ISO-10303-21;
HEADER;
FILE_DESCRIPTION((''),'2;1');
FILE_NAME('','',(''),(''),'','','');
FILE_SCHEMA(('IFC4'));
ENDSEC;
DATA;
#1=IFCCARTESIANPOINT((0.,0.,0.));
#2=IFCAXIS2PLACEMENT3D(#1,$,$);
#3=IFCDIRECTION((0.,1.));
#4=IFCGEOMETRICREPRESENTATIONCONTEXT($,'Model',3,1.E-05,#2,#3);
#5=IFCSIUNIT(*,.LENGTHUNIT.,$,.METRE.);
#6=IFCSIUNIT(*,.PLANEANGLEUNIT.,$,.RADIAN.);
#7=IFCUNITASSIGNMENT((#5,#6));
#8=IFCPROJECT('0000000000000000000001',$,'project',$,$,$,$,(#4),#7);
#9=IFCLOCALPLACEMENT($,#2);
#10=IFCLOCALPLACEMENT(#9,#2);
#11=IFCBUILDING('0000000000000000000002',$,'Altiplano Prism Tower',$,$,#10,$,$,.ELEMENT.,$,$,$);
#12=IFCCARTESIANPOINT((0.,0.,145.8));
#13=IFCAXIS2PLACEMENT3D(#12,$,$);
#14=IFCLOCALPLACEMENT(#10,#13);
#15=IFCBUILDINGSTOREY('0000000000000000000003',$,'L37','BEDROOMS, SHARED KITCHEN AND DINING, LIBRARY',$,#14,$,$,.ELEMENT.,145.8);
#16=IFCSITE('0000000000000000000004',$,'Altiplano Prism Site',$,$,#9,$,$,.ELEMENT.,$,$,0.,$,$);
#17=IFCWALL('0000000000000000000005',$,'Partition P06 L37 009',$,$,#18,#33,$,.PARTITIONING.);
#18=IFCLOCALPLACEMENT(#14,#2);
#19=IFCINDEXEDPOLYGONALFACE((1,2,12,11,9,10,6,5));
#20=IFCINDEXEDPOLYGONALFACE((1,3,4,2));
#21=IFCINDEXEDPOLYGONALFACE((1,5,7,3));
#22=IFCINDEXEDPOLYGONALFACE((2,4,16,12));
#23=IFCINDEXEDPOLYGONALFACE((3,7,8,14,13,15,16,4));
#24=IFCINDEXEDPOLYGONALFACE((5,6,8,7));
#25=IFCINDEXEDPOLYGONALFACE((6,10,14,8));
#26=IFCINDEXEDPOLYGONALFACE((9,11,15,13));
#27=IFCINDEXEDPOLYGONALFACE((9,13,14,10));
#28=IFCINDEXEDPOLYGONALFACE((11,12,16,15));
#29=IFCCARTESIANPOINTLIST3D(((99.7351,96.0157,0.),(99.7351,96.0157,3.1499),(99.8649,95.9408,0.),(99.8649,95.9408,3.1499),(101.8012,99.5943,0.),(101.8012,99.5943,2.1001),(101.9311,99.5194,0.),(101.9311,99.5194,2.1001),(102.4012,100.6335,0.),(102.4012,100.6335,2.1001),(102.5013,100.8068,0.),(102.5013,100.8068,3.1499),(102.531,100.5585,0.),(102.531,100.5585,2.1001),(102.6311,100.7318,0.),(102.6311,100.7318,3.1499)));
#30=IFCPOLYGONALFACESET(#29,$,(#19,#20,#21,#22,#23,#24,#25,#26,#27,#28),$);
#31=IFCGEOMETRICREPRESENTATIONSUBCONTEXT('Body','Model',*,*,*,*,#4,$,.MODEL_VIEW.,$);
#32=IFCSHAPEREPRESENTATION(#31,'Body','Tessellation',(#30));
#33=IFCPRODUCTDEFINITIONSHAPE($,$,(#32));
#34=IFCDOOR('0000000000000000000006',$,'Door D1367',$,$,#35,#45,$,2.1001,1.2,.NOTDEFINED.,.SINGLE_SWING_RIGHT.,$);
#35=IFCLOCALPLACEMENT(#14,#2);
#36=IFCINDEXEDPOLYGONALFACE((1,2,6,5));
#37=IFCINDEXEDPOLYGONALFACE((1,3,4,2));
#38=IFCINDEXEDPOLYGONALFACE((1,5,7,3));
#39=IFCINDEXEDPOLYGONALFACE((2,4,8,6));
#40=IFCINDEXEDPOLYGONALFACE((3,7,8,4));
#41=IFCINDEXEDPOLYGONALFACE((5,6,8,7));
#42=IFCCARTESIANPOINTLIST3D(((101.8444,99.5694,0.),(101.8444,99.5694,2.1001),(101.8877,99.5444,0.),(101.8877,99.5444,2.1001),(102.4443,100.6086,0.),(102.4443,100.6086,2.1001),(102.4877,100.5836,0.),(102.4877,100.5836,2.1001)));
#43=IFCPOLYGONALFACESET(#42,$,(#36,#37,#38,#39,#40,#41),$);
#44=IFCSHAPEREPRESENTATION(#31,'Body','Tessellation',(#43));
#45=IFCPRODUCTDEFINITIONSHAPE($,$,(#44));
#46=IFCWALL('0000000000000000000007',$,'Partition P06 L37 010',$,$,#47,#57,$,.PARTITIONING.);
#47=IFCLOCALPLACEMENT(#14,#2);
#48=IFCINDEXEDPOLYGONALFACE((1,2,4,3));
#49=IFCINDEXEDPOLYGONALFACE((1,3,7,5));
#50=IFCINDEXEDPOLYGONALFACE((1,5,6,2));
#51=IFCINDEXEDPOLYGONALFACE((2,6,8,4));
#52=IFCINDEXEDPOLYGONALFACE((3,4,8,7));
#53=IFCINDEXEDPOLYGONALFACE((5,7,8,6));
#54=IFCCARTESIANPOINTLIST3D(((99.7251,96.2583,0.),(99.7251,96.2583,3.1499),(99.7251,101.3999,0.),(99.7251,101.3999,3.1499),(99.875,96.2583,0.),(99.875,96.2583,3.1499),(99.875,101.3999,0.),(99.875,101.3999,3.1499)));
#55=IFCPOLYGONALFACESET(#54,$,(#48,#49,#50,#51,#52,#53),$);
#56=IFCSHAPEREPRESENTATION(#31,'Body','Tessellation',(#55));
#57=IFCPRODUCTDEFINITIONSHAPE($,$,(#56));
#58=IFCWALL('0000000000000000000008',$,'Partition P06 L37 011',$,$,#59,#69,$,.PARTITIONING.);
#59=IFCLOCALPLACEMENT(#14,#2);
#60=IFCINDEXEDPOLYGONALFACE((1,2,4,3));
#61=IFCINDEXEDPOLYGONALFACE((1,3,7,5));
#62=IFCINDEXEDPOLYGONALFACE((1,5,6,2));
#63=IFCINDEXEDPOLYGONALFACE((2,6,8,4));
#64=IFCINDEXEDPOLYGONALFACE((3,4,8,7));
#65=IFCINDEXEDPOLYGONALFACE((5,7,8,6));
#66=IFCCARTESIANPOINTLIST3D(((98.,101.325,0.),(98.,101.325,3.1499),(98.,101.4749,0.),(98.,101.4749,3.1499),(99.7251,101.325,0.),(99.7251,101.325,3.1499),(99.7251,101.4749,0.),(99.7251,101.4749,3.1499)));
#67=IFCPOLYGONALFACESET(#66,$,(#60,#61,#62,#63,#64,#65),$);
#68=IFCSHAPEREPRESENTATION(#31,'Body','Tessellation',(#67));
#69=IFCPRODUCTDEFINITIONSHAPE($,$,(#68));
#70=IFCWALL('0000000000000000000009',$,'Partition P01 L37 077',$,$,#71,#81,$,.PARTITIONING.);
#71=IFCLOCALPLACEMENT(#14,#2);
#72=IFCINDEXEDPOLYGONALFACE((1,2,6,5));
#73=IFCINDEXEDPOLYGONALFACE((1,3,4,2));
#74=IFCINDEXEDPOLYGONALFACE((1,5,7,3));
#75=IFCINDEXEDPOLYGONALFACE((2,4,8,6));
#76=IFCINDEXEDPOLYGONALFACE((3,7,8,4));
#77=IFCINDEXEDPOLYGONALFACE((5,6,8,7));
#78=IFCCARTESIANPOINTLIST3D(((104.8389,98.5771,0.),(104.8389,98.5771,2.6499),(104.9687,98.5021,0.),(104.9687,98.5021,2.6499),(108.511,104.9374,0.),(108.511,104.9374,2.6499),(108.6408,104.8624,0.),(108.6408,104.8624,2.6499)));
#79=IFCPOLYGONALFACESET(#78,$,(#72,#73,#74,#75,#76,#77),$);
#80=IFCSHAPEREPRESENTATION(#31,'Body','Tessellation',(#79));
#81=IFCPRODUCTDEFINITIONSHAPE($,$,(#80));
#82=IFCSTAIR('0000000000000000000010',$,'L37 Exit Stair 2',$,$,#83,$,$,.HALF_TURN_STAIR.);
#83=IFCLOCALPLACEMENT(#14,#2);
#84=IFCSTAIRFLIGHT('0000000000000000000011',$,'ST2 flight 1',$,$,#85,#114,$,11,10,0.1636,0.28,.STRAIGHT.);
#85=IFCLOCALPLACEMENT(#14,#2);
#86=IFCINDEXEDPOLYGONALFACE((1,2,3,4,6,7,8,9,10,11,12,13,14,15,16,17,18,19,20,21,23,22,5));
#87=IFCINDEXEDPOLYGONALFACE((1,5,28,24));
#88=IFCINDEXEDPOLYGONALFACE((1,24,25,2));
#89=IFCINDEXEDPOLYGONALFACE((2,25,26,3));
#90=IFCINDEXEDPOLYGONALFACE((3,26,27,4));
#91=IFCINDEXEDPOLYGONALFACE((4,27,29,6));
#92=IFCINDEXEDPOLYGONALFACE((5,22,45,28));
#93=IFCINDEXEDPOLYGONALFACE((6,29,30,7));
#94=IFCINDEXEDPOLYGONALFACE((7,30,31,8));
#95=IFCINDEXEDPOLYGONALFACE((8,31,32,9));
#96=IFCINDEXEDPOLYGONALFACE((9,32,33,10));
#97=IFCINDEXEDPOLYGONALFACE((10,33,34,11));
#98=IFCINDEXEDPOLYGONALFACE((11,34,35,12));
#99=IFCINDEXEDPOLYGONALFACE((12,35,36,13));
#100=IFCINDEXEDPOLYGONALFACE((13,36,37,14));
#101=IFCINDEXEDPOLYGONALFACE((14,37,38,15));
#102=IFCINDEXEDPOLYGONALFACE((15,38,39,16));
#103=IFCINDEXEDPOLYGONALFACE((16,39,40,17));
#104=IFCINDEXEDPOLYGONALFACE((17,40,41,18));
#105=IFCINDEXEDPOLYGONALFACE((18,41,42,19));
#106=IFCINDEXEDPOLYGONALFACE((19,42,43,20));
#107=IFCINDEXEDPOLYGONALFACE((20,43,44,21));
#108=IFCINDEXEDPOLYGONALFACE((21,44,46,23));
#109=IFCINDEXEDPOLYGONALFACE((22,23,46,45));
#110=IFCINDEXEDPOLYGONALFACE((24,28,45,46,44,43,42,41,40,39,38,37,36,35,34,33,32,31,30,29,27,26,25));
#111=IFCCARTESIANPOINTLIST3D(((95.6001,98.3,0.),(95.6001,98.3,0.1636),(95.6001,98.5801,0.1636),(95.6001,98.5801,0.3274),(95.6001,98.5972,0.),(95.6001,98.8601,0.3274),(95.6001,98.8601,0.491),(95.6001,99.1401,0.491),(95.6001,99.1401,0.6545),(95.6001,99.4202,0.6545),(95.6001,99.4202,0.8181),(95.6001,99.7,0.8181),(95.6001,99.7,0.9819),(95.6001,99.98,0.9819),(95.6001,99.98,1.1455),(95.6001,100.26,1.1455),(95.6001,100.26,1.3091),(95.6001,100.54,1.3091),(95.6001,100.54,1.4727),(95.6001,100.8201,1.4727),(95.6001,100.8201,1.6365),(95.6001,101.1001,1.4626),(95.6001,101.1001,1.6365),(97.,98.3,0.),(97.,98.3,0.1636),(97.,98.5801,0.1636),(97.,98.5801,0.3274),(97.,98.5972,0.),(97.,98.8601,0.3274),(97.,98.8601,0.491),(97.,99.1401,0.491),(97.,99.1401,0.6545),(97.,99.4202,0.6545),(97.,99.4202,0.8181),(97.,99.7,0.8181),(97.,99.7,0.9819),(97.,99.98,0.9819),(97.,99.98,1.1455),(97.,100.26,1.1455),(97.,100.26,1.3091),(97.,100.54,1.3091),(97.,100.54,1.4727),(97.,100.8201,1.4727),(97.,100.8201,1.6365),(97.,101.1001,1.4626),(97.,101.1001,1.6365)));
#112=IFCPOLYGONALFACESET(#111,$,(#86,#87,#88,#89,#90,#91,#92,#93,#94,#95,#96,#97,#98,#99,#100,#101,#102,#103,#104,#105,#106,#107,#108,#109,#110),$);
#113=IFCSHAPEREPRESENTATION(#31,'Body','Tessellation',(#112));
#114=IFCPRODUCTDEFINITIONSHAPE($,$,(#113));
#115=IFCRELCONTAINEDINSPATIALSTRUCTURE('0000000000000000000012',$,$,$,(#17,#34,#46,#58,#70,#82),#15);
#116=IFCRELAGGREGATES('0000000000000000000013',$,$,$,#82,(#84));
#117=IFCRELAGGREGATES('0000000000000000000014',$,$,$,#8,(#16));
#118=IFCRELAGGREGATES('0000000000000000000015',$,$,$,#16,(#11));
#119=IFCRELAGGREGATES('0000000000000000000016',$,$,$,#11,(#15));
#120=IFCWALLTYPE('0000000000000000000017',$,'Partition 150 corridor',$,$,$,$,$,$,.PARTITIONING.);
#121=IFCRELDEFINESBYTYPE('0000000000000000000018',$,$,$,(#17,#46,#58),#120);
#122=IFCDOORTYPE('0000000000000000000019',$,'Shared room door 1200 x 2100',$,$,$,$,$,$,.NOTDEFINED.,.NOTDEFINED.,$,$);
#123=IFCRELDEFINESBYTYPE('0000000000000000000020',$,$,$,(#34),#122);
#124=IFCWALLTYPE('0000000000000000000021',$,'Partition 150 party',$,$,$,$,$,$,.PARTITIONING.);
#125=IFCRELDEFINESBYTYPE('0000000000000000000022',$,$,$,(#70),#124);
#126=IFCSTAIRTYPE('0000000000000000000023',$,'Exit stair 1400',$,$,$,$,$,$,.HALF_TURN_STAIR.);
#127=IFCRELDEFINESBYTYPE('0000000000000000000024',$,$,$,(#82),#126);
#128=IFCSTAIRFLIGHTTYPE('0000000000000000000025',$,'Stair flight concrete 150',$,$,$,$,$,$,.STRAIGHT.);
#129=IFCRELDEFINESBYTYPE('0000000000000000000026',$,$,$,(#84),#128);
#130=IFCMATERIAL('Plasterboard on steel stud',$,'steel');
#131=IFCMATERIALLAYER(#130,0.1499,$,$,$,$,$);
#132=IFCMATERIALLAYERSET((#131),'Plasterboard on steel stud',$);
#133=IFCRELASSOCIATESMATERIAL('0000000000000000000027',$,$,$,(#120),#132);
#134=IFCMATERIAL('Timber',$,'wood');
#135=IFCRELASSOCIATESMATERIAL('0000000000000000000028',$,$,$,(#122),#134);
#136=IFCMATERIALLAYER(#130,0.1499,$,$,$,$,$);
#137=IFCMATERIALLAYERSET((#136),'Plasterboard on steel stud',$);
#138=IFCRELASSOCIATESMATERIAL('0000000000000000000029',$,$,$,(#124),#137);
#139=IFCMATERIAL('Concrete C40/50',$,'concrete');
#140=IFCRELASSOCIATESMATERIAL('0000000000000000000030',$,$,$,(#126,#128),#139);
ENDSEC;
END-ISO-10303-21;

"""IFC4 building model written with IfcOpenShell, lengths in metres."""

from ifc_helpers import new_model, si_unit, direction, frame, frame_2d, origin, place, context, subcontext, project, spatial, polyline, rectangle, outline, extrude, material, layer, layer_set, type_object, element, fill, aggregate, save


model = new_model("IFC4")

# Units and contexts
model_context = context("Model", 3, precision=1e-05, world=origin(), true_north=direction((0.0, 1.0)))
body_context = subcontext(model_context, "Body", "Model", "MODEL_VIEW")
ifc_project = project(units=[si_unit("LENGTHUNIT", "METRE"), si_unit("PLANEANGLEUNIT", "RADIAN")], contexts=[model_context])

# Site, building, storey
site_placement = place(None, origin())
site = spatial("IfcSite", under=ifc_project, at=site_placement, Name="Altiplano Prism Site", CompositionType="ELEMENT", RefElevation=0.0)
building_placement = place(site_placement, origin())
building = spatial("IfcBuilding", under=site, at=building_placement, Name="Altiplano Prism Tower", CompositionType="ELEMENT")
storey_placement = place(building_placement, frame((0.0, 0.0, 145.8)))
storey = spatial("IfcBuildingStorey", under=building, at=storey_placement, Name="L37", Description="BEDROOMS, SHARED KITCHEN AND DINING, LIBRARY", CompositionType="ELEMENT", Elevation=145.8)

# Shared definitions
ifc_material_1 = material(Name="Plasterboard on steel stud", Category="steel")
ifc_layer_1 = layer(ifc_material_1, 0.1499)
ifc_layer_set_1 = layer_set([ifc_layer_1], Name="Plasterboard on steel stud")
wall_type_1 = type_object("IfcWallType", Name="Partition 150 corridor", PredefinedType="PARTITIONING", material=ifc_layer_set_1)

# Wall, opening, door
wall_1_placement = place(storey_placement, frame((102.5662, 100.7693, 0.0), z_axis=(0.0, 0.0, 1.0), x_axis=(-0.500003, -0.866024, 0.0)))
wall_1 = element("IfcWall", 1, at=wall_1_placement, inside=storey, type_object=wall_type_1, Name="Partition P06 L37 009", PredefinedType="PARTITIONING", context=body_context, shape_type="SweptSolid", body=[
    extrude(rectangle(XDim=5.5322, YDim=0.1499, at=frame_2d((2.7661, 0.0))), origin(), (0.0, 0.0, 1.0), 3.1499),
])
opening_placement = place(wall_1_placement, frame((0.2, 0.0, 0.0)))
opening = element("IfcOpeningElement", 2, at=opening_placement, cuts=wall_1, PredefinedType="OPENING", context=body_context, shape_type="SweptSolid", body=[
    extrude(rectangle(XDim=1.2, YDim=2.1001, at=frame_2d((0.6001, 1.05))), frame((0.0, 0.0854, 0.0), z_axis=(0.0, -1.0, 0.0), x_axis=(1.0, 0.0, 0.0)), (0.0, 0.0, 1.0), 0.1709),
])
ifc_material_2 = material(Name="Timber", Category="wood")
door_type = type_object("IfcDoorType", Name="Shared room door 1200 x 2100", OperationType="NOTDEFINED", PredefinedType="NOTDEFINED", material=ifc_material_2)
door_placement = place(opening_placement, origin())
door = element("IfcDoor", 3, at=door_placement, inside=storey, type_object=door_type, Name="Door D1367", OperationType="SINGLE_SWING_RIGHT", OverallHeight=2.1001, OverallWidth=1.2, PredefinedType="NOTDEFINED", context=body_context, shape_type="SweptSolid", body=[
    extrude(rectangle(XDim=1.2, YDim=2.1001, at=frame_2d((0.6001, 1.05))), frame((0.0, 0.0249, 0.0), z_axis=(0.0, -1.0, 0.0), x_axis=(1.0, 0.0, 0.0)), (0.0, 0.0, 1.0), 0.05),
])
fill(opening, door)

# Walls
wall_2_placement = place(storey_placement, frame((99.8, 96.2583, 0.0), z_axis=(0.0, 0.0, 1.0), x_axis=(0.0, 1.0, 0.0)))
element("IfcWall", 4, at=wall_2_placement, inside=storey, type_object=wall_type_1, Name="Partition P06 L37 010", PredefinedType="PARTITIONING", context=body_context, shape_type="SweptSolid", body=[
    extrude(rectangle(XDim=5.1416, YDim=0.1499, at=frame_2d((2.5708, 0.0))), origin(), (0.0, 0.0, 1.0), 3.1499),
])
wall_3_placement = place(storey_placement, frame((99.7251, 101.3999, 0.0), z_axis=(0.0, 0.0, 1.0), x_axis=(-1.0, 0.0, 0.0)))
element("IfcWall", 5, at=wall_3_placement, inside=storey, type_object=wall_type_1, Name="Partition P06 L37 011", PredefinedType="PARTITIONING", context=body_context, shape_type="SweptSolid", body=[
    extrude(rectangle(XDim=1.7251, YDim=0.1499, at=frame_2d((0.8625, 0.0))), origin(), (0.0, 0.0, 1.0), 3.1499),
])
ifc_layer_2 = layer(ifc_material_1, 0.1499)
ifc_layer_set_2 = layer_set([ifc_layer_2], Name="Plasterboard on steel stud")
wall_type_2 = type_object("IfcWallType", Name="Partition 150 party", PredefinedType="PARTITIONING", material=ifc_layer_set_2)
wall_4_placement = place(storey_placement, frame((108.5759, 104.8999, 0.0), z_axis=(0.0, 0.0, 1.0), x_axis=(-0.499997, -0.866027, 0.0)))
element("IfcWall", 6, at=wall_4_placement, inside=storey, type_object=wall_type_2, Name="Partition P01 L37 077", PredefinedType="PARTITIONING", context=body_context, shape_type="SweptSolid", body=[
    extrude(rectangle(XDim=7.3442, YDim=0.1499, at=frame_2d((3.6721, 0.0))), origin(), (0.0, 0.0, 1.0), 2.6499),
])

# Stair, stair flight
ifc_material_3 = material(Name="Concrete C40/50", Category="concrete")
stair_type = type_object("IfcStairType", Name="Exit stair 1400", PredefinedType="HALF_TURN_STAIR", material=ifc_material_3)
stair_placement = place(storey_placement, origin())
stair = element("IfcStair", 7, at=stair_placement, inside=storey, type_object=stair_type, Name="L37 Exit Stair 2", PredefinedType="HALF_TURN_STAIR")
stair_flight_type = type_object("IfcStairFlightType", Name="Stair flight concrete 150", PredefinedType="STRAIGHT", material=ifc_material_3)
stair_flight_placement = place(storey_placement, frame((96.3, 98.3, 0.0), z_axis=(0.0, 0.0, 1.0), x_axis=(0.0, 1.0, 0.0)))
stair_flight = element("IfcStairFlight", 8, at=stair_flight_placement, type_object=stair_flight_type, Name="ST2 flight 1", NumberOfRisers=11, NumberOfTreads=10, PredefinedType="STRAIGHT", RiserHeight=0.1636, TreadLength=0.28, context=body_context, shape_type="SweptSolid", body=[
    extrude(outline(polyline([(0.0, 0.0), (0.0, 0.1636), (0.28, 0.1636), (0.28, 0.3274), (0.5601, 0.3274), (0.5601, 0.491), (0.8401, 0.491), (0.8401, 0.6545), (1.1201, 0.6545), (1.1201, 0.8181), (1.3999, 0.8181), (1.3999, 0.9819), (1.6799, 0.9819), (1.6799, 1.1455), (1.96, 1.1455), (1.96, 1.3091), (2.24, 1.3091), (2.24, 1.4727), (2.52, 1.4727), (2.52, 1.6365), (2.8, 1.6365), (2.8, 1.8), (2.8, 1.4626), (0.2971, 0.0), (0.0, 0.0)])), frame((0.0, 0.7, 0.0), z_axis=(0.0, -1.0, 0.0), x_axis=(1.0, 0.0, 0.0)), (0.0, 0.0, 1.0), 1.3999),
])
aggregate(stair, [stair_flight])

save(model, "model.ifc")
